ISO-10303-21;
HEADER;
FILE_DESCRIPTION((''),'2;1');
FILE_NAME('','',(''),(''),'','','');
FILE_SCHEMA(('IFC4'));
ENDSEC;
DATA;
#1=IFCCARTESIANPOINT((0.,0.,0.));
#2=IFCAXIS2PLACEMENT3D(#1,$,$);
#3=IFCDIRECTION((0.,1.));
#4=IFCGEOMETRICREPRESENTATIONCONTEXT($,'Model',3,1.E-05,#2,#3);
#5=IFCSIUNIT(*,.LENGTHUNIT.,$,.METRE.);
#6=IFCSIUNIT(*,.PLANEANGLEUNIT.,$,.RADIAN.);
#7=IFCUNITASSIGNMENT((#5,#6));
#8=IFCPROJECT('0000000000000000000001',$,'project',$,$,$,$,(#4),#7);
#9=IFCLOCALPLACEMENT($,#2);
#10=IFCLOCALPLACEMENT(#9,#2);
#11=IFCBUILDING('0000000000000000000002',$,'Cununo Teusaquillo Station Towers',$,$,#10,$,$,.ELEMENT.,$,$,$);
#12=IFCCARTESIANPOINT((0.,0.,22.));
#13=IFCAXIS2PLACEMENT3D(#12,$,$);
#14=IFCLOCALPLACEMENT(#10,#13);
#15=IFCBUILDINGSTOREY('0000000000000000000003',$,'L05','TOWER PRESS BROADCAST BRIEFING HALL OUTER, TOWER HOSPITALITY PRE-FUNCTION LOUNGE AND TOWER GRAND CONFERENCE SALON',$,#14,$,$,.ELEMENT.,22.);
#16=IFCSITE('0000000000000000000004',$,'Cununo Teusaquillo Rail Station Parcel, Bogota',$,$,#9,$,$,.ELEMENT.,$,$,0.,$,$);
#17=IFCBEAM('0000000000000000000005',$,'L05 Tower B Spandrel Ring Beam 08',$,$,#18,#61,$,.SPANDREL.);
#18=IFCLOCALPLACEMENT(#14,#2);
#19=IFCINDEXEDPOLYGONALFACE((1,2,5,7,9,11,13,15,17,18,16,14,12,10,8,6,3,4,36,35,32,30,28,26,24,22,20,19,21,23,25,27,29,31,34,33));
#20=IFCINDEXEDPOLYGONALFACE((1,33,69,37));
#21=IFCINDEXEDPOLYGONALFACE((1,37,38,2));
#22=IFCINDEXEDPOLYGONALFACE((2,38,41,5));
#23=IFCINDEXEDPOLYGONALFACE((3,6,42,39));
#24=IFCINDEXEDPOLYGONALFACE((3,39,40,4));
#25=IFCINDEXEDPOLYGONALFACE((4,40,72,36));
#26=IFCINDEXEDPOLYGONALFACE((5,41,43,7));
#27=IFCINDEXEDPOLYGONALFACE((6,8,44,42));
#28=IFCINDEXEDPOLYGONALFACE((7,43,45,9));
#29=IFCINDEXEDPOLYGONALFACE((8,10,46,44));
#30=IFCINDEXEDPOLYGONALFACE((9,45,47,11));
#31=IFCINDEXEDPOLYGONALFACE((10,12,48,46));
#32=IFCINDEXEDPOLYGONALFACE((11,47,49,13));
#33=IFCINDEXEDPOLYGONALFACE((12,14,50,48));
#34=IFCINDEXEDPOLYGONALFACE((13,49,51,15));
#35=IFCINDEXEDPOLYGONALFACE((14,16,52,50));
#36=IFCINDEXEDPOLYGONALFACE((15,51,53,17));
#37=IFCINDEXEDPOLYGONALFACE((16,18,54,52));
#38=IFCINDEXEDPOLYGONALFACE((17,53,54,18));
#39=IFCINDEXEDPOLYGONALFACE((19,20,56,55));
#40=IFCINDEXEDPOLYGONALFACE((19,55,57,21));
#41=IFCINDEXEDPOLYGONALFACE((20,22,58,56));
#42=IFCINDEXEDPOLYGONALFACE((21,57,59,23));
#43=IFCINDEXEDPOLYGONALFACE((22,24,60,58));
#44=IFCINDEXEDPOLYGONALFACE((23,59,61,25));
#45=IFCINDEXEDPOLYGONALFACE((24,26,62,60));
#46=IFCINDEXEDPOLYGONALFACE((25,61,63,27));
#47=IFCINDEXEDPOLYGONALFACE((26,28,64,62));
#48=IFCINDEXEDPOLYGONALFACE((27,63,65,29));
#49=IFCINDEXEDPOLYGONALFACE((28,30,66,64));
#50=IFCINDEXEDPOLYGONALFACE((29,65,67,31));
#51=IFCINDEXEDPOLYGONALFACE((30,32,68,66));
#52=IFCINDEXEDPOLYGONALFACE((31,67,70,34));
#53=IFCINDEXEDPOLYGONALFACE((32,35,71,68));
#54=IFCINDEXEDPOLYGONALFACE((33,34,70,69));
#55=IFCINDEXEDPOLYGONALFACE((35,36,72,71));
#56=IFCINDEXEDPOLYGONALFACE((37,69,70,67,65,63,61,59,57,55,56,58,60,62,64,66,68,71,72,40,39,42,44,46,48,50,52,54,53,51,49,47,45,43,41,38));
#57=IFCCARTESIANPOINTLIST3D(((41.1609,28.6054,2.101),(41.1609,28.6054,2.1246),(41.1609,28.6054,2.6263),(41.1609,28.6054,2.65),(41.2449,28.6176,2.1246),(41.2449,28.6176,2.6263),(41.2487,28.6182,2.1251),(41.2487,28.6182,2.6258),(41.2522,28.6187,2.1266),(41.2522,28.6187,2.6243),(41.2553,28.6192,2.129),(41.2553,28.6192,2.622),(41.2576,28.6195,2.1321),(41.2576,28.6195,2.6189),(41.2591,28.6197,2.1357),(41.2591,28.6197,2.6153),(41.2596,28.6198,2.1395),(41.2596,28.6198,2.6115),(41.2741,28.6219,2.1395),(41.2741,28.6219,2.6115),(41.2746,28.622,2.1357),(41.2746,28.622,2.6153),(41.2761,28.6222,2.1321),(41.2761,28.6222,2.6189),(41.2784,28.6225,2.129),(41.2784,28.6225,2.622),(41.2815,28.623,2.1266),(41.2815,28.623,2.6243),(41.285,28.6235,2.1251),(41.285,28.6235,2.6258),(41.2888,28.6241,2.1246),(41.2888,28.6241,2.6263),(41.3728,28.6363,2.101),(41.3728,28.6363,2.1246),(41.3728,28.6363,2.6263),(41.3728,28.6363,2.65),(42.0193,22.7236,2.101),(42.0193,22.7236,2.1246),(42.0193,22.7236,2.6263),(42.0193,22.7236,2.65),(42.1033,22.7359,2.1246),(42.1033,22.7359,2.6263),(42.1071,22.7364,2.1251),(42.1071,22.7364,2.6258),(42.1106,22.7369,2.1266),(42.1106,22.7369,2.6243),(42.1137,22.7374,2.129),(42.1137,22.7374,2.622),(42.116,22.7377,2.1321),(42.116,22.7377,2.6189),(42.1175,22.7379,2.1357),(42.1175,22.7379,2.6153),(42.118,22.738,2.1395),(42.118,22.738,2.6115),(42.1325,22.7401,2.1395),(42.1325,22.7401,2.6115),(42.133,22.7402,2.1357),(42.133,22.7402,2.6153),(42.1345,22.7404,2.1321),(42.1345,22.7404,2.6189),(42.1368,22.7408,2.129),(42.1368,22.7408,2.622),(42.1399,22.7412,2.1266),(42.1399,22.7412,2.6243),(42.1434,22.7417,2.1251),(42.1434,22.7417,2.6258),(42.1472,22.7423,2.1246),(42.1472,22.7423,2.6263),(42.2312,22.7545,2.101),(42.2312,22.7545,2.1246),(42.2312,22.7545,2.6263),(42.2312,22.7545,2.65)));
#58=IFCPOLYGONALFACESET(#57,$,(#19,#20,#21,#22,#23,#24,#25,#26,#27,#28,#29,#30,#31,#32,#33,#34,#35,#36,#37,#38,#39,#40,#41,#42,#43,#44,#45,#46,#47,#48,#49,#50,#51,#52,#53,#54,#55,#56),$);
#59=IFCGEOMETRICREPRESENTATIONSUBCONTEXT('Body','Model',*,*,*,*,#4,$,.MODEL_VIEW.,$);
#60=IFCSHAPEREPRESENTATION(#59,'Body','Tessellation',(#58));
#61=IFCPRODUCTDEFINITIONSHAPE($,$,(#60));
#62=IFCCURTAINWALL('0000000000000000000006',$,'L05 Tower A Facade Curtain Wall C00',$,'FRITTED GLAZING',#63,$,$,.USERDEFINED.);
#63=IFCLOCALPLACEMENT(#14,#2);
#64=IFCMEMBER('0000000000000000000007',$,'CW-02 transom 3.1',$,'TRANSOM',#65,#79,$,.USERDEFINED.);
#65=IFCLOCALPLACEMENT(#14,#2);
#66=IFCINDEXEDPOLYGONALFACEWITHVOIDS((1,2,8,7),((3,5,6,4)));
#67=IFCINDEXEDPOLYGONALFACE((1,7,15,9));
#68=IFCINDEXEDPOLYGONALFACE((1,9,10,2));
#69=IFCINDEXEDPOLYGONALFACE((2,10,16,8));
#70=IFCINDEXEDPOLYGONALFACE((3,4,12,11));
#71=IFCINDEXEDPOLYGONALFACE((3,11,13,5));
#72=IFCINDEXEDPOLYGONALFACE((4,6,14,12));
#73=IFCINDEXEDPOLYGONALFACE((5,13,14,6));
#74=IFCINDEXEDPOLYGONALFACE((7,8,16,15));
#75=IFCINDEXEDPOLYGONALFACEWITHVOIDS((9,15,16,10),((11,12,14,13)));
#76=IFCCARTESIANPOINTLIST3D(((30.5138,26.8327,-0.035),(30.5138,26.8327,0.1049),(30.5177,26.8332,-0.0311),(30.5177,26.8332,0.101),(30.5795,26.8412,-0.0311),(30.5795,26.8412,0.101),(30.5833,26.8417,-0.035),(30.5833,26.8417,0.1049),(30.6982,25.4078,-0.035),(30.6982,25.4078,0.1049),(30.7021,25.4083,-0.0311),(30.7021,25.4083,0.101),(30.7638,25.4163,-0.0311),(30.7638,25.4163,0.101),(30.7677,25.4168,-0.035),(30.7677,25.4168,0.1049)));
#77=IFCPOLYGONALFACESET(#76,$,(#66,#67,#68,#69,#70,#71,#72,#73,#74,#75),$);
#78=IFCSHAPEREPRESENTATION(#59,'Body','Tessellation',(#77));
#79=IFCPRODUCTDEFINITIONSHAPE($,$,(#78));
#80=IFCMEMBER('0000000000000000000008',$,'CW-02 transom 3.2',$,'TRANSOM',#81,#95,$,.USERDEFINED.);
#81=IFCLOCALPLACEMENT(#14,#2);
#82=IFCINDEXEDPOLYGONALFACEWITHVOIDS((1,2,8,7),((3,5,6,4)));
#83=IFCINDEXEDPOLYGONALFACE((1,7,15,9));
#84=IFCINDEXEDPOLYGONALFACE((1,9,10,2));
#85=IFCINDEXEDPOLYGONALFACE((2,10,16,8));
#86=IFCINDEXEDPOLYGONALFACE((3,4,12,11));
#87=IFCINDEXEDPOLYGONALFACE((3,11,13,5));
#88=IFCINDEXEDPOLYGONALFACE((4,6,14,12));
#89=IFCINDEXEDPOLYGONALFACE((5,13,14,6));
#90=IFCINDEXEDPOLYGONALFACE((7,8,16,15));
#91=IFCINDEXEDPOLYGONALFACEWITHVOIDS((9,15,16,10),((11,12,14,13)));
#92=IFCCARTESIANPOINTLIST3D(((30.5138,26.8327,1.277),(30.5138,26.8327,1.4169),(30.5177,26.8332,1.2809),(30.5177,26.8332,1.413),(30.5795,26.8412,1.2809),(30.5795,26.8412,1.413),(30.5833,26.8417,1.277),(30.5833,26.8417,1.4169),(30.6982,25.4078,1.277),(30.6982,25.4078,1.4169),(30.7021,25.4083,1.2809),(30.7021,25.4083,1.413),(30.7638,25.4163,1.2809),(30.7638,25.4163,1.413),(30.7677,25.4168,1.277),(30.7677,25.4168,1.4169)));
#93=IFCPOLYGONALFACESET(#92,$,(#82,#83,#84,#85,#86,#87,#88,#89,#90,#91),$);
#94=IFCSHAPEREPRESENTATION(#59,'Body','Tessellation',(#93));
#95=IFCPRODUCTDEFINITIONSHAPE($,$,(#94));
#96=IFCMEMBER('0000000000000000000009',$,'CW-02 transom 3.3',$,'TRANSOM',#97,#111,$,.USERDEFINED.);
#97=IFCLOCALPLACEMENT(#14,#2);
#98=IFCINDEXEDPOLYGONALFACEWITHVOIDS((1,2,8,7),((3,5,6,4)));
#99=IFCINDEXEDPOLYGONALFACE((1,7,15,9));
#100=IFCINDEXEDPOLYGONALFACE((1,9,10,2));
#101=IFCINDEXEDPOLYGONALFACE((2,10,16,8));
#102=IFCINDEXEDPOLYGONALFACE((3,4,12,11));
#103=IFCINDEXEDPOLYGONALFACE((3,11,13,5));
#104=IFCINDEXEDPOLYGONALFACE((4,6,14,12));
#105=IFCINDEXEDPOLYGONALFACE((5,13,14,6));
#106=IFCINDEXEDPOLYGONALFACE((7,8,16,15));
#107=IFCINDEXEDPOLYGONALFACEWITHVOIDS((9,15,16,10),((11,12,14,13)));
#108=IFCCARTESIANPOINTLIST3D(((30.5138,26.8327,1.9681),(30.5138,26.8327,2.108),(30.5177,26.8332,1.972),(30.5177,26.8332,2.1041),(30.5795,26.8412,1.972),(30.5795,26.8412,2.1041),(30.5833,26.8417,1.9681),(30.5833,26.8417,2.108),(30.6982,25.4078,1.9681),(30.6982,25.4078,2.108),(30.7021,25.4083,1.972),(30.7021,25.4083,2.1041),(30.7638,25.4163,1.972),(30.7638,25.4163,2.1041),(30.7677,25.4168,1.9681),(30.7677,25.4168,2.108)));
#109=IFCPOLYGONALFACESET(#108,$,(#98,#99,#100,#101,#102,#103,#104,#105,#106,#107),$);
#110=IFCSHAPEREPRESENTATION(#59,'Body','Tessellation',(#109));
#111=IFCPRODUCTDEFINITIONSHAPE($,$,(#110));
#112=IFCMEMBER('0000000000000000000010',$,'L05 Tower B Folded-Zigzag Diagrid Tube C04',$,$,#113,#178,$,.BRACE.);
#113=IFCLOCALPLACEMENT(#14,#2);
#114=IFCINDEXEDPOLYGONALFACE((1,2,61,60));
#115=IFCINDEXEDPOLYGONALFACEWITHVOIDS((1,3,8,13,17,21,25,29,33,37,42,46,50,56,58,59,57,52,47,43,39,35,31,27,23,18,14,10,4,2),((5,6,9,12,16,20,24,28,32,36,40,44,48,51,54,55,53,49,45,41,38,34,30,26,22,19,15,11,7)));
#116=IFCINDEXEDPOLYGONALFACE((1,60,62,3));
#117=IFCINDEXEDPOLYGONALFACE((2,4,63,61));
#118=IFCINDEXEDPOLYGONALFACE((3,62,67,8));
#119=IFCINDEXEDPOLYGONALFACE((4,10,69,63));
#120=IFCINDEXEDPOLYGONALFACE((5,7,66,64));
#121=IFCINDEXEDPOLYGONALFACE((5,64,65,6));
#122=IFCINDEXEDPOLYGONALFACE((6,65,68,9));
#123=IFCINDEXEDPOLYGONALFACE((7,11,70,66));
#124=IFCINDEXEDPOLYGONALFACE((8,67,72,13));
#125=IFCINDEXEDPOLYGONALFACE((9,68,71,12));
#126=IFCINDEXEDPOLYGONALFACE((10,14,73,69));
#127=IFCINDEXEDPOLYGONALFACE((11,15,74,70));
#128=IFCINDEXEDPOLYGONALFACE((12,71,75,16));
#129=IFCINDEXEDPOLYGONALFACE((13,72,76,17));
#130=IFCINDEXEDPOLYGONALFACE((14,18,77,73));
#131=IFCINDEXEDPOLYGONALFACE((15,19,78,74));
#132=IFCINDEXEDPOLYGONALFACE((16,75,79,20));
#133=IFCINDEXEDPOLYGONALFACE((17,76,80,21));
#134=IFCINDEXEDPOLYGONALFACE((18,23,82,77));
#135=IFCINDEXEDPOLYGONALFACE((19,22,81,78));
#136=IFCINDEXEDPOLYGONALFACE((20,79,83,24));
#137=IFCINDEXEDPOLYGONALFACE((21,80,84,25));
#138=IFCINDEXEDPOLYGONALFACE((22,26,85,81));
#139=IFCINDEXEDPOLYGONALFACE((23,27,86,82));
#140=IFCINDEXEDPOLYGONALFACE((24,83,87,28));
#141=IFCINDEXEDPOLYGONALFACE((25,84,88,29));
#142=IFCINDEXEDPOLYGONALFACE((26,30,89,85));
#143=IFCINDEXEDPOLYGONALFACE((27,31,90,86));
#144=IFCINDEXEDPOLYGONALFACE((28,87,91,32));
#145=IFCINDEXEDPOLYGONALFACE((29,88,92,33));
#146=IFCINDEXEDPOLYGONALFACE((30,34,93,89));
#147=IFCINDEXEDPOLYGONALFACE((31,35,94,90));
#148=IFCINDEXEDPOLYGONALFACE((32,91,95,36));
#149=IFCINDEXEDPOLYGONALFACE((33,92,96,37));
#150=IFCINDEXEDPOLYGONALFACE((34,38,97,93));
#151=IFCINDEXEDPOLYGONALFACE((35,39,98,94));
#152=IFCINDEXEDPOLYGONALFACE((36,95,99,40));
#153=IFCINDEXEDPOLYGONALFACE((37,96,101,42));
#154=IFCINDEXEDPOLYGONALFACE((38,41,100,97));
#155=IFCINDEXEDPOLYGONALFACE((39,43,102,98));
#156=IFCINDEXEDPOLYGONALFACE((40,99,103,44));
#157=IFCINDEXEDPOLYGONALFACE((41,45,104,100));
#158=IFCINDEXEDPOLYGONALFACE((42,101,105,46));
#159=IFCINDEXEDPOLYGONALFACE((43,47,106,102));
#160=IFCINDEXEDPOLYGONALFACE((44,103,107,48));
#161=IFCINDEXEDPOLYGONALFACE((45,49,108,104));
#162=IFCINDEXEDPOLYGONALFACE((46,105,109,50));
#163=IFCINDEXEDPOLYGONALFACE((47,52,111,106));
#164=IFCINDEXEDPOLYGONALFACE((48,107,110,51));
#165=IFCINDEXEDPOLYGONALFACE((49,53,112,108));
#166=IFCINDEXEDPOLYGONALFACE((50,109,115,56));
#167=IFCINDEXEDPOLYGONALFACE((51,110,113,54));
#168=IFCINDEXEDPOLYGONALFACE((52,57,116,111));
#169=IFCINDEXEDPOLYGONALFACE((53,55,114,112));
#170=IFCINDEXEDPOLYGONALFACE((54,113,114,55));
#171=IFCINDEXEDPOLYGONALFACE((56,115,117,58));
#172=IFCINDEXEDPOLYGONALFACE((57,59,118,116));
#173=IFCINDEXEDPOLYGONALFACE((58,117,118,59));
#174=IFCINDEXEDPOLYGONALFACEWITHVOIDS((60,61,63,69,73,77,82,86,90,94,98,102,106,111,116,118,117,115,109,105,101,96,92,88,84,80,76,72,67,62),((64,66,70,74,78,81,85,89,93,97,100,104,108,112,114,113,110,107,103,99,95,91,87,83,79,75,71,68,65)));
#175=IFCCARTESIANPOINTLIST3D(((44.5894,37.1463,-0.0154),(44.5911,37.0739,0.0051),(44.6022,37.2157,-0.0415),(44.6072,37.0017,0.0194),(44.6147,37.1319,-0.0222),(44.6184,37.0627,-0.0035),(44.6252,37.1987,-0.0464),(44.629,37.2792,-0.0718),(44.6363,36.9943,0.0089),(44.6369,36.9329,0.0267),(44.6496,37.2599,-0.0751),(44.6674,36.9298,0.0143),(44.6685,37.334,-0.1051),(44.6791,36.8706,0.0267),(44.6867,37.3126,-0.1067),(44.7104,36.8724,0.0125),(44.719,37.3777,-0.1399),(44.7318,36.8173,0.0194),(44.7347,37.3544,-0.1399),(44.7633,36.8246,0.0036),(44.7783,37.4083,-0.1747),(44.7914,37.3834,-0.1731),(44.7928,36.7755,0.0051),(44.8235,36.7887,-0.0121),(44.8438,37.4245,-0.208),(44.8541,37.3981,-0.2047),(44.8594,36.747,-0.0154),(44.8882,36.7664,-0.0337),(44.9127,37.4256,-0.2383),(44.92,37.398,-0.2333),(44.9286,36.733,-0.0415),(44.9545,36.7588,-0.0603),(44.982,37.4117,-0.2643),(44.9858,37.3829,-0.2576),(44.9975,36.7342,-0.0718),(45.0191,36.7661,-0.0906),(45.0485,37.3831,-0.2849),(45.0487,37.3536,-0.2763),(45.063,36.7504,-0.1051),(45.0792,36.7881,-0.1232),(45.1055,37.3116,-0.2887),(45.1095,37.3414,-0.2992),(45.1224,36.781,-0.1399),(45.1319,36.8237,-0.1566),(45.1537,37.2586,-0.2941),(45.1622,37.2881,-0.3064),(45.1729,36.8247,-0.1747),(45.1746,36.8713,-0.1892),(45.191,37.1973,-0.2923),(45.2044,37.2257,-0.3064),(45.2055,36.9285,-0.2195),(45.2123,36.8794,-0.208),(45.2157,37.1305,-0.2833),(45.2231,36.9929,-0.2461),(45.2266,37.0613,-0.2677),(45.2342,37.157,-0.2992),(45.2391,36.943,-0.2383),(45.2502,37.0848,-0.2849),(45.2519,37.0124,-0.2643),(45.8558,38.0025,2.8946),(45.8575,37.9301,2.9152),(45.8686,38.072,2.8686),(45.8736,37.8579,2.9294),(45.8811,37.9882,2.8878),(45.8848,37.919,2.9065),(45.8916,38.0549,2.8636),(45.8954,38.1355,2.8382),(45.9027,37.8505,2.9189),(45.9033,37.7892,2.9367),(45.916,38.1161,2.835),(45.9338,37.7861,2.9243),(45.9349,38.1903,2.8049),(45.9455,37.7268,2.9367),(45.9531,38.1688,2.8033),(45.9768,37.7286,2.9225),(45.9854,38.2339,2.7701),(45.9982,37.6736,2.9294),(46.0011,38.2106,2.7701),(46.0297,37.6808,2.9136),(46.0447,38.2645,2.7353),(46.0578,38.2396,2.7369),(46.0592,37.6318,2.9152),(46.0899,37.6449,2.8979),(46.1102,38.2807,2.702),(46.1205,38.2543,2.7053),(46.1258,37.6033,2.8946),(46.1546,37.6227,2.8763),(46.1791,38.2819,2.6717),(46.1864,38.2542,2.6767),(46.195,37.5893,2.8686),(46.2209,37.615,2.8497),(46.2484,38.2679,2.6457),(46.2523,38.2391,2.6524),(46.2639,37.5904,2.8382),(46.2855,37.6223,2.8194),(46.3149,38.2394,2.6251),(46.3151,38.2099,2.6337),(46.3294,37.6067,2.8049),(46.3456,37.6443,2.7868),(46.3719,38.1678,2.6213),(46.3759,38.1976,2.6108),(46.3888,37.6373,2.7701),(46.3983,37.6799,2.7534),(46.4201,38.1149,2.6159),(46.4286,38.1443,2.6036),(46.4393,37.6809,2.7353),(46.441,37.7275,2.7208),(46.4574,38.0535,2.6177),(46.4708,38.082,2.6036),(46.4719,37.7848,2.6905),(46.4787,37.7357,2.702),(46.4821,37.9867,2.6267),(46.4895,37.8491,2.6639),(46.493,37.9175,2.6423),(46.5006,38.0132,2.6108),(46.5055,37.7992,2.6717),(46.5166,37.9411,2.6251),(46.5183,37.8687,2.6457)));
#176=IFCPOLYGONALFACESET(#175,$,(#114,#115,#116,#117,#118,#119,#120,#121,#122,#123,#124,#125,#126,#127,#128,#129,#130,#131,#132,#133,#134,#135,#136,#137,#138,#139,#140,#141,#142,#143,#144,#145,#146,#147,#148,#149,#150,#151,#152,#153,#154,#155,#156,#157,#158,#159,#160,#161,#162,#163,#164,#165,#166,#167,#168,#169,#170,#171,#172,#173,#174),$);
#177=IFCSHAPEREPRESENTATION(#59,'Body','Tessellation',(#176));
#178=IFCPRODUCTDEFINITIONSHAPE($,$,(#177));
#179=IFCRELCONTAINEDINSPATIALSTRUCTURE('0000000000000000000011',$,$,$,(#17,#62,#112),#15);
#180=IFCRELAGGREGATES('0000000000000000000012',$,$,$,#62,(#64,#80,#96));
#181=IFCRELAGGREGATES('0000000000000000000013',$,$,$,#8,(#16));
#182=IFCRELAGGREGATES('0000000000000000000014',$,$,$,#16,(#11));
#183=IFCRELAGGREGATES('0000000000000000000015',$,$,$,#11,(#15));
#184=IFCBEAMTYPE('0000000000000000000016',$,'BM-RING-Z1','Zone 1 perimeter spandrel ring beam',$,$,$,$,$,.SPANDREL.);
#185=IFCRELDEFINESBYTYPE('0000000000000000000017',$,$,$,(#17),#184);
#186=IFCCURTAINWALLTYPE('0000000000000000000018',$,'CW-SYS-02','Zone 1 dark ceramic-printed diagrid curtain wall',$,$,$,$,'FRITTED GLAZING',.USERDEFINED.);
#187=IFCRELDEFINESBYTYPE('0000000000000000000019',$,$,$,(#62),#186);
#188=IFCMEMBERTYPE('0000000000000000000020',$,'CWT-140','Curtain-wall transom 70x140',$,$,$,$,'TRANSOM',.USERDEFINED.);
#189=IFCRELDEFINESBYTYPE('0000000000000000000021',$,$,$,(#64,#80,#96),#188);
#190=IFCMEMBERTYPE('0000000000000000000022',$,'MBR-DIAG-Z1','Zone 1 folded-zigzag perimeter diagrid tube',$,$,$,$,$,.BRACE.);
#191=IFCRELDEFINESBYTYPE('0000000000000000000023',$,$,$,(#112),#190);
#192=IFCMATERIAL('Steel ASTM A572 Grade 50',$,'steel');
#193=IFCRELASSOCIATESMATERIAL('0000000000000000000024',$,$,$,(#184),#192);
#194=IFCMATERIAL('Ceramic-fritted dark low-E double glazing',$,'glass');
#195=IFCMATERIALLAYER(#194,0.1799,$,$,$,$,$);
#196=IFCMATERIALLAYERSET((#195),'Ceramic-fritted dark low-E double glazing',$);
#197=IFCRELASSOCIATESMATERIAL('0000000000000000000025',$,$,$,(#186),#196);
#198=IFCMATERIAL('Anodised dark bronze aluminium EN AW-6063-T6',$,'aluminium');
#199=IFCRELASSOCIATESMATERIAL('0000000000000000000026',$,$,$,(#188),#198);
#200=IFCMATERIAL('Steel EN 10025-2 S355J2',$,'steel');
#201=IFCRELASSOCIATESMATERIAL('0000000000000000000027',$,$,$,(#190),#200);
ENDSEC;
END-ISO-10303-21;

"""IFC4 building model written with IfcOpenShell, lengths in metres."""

from ifc_helpers import new_model, si_unit, direction, frame, origin, origin_2d, place, context, subcontext, project, spatial, hollow_rectangle, hollow_circle, i_section, extrude, material, layer, layer_set, material_profile, profile_set, type_object, element, aggregate, save


model = new_model("IFC4")

# Units and contexts
model_context = context("Model", 3, precision=1e-05, world=origin(), true_north=direction((0.0, 1.0)))
body_context = subcontext(model_context, "Body", "Model", "MODEL_VIEW")
ifc_project = project(units=[si_unit("LENGTHUNIT", "METRE"), si_unit("PLANEANGLEUNIT", "RADIAN")], contexts=[model_context])

# Site, building, storey
site_placement = place(None, origin())
site = spatial("IfcSite", under=ifc_project, at=site_placement, Name="Cununo Teusaquillo Rail Station Parcel, Bogota", CompositionType="ELEMENT", RefElevation=0.0)
building_placement = place(site_placement, origin())
building = spatial("IfcBuilding", under=site, at=building_placement, Name="Cununo Teusaquillo Station Towers", CompositionType="ELEMENT")
storey_placement = place(building_placement, frame((0.0, 0.0, 22.0)))
storey = spatial("IfcBuildingStorey", under=building, at=storey_placement, Name="L05", Description="TOWER PRESS BROADCAST BRIEFING HALL OUTER, TOWER HOSPITALITY PRE-FUNCTION LOUNGE AND TOWER GRAND CONFERENCE SALON", CompositionType="ELEMENT", Elevation=22.0)

# Beam
ifc_material_1 = material(Name="Steel ASTM A572 Grade 50", Category="steel")
ifc_material_profile_1 = material_profile(ifc_material_1, i_section(OverallWidth=0.2141, OverallDepth=0.5491, WebThickness=0.0146, FlangeThickness=0.0237, FilletRadius=0.0149, at=origin_2d()), Name="W21X93")
ifc_profile_set_1 = profile_set([ifc_material_profile_1], Name="Steel ASTM A572 Grade 50")
beam_type_1 = type_object("IfcBeamType", Name="BM-RING-Z1", Description="Zone 1 perimeter spandrel ring beam", PredefinedType="SPANDREL", material=ifc_profile_set_1)
beam_1_placement = place(storey_placement, frame((41.2668, 28.6208, 2.3755), z_axis=(0.144411, -0.989518, 0.0), x_axis=(0.989518, 0.144411, 0.0)))
element("IfcBeam", 1, at=beam_1_placement, inside=storey, type_object=beam_type_1, Name="L05 Tower B Spandrel Ring Beam 08", PredefinedType="SPANDREL", context=body_context, shape_type="SweptSolid", body=[
    extrude(i_section(OverallWidth=0.2141, OverallDepth=0.5491, WebThickness=0.0146, FlangeThickness=0.0237, FilletRadius=0.0149, at=origin_2d()), origin(), (0.0, 0.0, 1.0), 5.9441),
])

# Curtain wall, members
ifc_material_2 = material(Name="Ceramic-fritted dark low-E double glazing", Category="glass")
ifc_layer_1 = layer(ifc_material_2, 0.1799)
ifc_layer_set_1 = layer_set([ifc_layer_1], Name="Ceramic-fritted dark low-E double glazing")
curtain_wall_type = type_object("IfcCurtainWallType", Name="CW-SYS-02", Description="Zone 1 dark ceramic-printed diagrid curtain wall", ElementType="FRITTED GLAZING", PredefinedType="USERDEFINED", material=ifc_layer_set_1)
curtain_wall_placement = place(storey_placement, origin())
curtain_wall = element("IfcCurtainWall", 2, at=curtain_wall_placement, inside=storey, type_object=curtain_wall_type, Name="L05 Tower A Facade Curtain Wall C00", ObjectType="FRITTED GLAZING", PredefinedType="USERDEFINED")
ifc_material_3 = material(Name="Anodised dark bronze aluminium EN AW-6063-T6", Category="aluminium")
ifc_material_profile_2 = material_profile(ifc_material_3, hollow_rectangle(XDim=0.0701, YDim=0.1399, WallThickness=0.0039, at=origin_2d()), Name="CW-TRAN-70x140")
ifc_profile_set_2 = profile_set([ifc_material_profile_2], Name="Anodised dark bronze aluminium EN AW-6063-T6")
member_type_1 = type_object("IfcMemberType", Name="CWT-140", Description="Curtain-wall transom 70x140", ElementType="TRANSOM", PredefinedType="USERDEFINED", material=ifc_profile_set_2)
member_1_placement = place(storey_placement, frame((30.5486, 26.8372, 0.0349), z_axis=(0.1283, -0.991735, 0.0), x_axis=(0.991735, 0.1283, 0.0)))
member_1 = element("IfcMember", 3, at=member_1_placement, type_object=member_type_1, Name="CW-02 transom 3.1", ObjectType="TRANSOM", PredefinedType="USERDEFINED", context=body_context, shape_type="SweptSolid", body=[
    extrude(hollow_rectangle(XDim=0.0701, YDim=0.1399, WallThickness=0.0039, at=origin_2d()), origin(), (0.0, 0.0, 1.0), 1.4368),
])
member_2_placement = place(storey_placement, frame((30.5486, 26.8372, 1.3469), z_axis=(0.1283, -0.991735, 0.0), x_axis=(0.991735, 0.1283, 0.0)))
member_2 = element("IfcMember", 4, at=member_2_placement, type_object=member_type_1, Name="CW-02 transom 3.2", ObjectType="TRANSOM", PredefinedType="USERDEFINED", context=body_context, shape_type="SweptSolid", body=[
    extrude(hollow_rectangle(XDim=0.0701, YDim=0.1399, WallThickness=0.0039, at=origin_2d()), origin(), (0.0, 0.0, 1.0), 1.4368),
])
member_3_placement = place(storey_placement, frame((30.5486, 26.8372, 2.0381), z_axis=(0.1283, -0.991735, 0.0), x_axis=(0.991735, 0.1283, 0.0)))
member_3 = element("IfcMember", 5, at=member_3_placement, type_object=member_type_1, Name="CW-02 transom 3.3", ObjectType="TRANSOM", PredefinedType="USERDEFINED", context=body_context, shape_type="SweptSolid", body=[
    extrude(hollow_rectangle(XDim=0.0701, YDim=0.1399, WallThickness=0.0039, at=origin_2d()), origin(), (0.0, 0.0, 1.0), 1.4368),
])

# Member
ifc_material_4 = material(Name="Steel EN 10025-2 S355J2", Category="steel")
ifc_material_profile_3 = material_profile(ifc_material_4, hollow_circle(Radius=0.3601, WallThickness=0.0281, at=origin_2d()), Name="CHS 720x28")
ifc_profile_set_3 = profile_set([ifc_material_profile_3], Name="Steel EN 10025-2 S355J2")
member_type_2 = type_object("IfcMemberType", Name="MBR-DIAG-Z1", Description="Zone 1 folded-zigzag perimeter diagrid tube", PredefinedType="BRACE", material=ifc_profile_set_3)
member_4_placement = place(storey_placement, frame((44.9207, 37.0793, -0.1399), z_axis=(0.385263, 0.260482, 0.885281), x_axis=(-0.560106, 0.828421, 0.0)))
element("IfcMember", 6, at=member_4_placement, inside=storey, type_object=member_type_2, Name="L05 Tower B Folded-Zigzag Diagrid Tube C04", PredefinedType="BRACE", context=body_context, shape_type="SweptSolid", body=[
    extrude(hollow_circle(Radius=0.3601, WallThickness=0.0281, at=origin_2d()), origin(), (0.0, 0.0, 1.0), 3.2871),
])

aggregate(curtain_wall, [member_1, member_2, member_3])

save(model, "model.ifc")
